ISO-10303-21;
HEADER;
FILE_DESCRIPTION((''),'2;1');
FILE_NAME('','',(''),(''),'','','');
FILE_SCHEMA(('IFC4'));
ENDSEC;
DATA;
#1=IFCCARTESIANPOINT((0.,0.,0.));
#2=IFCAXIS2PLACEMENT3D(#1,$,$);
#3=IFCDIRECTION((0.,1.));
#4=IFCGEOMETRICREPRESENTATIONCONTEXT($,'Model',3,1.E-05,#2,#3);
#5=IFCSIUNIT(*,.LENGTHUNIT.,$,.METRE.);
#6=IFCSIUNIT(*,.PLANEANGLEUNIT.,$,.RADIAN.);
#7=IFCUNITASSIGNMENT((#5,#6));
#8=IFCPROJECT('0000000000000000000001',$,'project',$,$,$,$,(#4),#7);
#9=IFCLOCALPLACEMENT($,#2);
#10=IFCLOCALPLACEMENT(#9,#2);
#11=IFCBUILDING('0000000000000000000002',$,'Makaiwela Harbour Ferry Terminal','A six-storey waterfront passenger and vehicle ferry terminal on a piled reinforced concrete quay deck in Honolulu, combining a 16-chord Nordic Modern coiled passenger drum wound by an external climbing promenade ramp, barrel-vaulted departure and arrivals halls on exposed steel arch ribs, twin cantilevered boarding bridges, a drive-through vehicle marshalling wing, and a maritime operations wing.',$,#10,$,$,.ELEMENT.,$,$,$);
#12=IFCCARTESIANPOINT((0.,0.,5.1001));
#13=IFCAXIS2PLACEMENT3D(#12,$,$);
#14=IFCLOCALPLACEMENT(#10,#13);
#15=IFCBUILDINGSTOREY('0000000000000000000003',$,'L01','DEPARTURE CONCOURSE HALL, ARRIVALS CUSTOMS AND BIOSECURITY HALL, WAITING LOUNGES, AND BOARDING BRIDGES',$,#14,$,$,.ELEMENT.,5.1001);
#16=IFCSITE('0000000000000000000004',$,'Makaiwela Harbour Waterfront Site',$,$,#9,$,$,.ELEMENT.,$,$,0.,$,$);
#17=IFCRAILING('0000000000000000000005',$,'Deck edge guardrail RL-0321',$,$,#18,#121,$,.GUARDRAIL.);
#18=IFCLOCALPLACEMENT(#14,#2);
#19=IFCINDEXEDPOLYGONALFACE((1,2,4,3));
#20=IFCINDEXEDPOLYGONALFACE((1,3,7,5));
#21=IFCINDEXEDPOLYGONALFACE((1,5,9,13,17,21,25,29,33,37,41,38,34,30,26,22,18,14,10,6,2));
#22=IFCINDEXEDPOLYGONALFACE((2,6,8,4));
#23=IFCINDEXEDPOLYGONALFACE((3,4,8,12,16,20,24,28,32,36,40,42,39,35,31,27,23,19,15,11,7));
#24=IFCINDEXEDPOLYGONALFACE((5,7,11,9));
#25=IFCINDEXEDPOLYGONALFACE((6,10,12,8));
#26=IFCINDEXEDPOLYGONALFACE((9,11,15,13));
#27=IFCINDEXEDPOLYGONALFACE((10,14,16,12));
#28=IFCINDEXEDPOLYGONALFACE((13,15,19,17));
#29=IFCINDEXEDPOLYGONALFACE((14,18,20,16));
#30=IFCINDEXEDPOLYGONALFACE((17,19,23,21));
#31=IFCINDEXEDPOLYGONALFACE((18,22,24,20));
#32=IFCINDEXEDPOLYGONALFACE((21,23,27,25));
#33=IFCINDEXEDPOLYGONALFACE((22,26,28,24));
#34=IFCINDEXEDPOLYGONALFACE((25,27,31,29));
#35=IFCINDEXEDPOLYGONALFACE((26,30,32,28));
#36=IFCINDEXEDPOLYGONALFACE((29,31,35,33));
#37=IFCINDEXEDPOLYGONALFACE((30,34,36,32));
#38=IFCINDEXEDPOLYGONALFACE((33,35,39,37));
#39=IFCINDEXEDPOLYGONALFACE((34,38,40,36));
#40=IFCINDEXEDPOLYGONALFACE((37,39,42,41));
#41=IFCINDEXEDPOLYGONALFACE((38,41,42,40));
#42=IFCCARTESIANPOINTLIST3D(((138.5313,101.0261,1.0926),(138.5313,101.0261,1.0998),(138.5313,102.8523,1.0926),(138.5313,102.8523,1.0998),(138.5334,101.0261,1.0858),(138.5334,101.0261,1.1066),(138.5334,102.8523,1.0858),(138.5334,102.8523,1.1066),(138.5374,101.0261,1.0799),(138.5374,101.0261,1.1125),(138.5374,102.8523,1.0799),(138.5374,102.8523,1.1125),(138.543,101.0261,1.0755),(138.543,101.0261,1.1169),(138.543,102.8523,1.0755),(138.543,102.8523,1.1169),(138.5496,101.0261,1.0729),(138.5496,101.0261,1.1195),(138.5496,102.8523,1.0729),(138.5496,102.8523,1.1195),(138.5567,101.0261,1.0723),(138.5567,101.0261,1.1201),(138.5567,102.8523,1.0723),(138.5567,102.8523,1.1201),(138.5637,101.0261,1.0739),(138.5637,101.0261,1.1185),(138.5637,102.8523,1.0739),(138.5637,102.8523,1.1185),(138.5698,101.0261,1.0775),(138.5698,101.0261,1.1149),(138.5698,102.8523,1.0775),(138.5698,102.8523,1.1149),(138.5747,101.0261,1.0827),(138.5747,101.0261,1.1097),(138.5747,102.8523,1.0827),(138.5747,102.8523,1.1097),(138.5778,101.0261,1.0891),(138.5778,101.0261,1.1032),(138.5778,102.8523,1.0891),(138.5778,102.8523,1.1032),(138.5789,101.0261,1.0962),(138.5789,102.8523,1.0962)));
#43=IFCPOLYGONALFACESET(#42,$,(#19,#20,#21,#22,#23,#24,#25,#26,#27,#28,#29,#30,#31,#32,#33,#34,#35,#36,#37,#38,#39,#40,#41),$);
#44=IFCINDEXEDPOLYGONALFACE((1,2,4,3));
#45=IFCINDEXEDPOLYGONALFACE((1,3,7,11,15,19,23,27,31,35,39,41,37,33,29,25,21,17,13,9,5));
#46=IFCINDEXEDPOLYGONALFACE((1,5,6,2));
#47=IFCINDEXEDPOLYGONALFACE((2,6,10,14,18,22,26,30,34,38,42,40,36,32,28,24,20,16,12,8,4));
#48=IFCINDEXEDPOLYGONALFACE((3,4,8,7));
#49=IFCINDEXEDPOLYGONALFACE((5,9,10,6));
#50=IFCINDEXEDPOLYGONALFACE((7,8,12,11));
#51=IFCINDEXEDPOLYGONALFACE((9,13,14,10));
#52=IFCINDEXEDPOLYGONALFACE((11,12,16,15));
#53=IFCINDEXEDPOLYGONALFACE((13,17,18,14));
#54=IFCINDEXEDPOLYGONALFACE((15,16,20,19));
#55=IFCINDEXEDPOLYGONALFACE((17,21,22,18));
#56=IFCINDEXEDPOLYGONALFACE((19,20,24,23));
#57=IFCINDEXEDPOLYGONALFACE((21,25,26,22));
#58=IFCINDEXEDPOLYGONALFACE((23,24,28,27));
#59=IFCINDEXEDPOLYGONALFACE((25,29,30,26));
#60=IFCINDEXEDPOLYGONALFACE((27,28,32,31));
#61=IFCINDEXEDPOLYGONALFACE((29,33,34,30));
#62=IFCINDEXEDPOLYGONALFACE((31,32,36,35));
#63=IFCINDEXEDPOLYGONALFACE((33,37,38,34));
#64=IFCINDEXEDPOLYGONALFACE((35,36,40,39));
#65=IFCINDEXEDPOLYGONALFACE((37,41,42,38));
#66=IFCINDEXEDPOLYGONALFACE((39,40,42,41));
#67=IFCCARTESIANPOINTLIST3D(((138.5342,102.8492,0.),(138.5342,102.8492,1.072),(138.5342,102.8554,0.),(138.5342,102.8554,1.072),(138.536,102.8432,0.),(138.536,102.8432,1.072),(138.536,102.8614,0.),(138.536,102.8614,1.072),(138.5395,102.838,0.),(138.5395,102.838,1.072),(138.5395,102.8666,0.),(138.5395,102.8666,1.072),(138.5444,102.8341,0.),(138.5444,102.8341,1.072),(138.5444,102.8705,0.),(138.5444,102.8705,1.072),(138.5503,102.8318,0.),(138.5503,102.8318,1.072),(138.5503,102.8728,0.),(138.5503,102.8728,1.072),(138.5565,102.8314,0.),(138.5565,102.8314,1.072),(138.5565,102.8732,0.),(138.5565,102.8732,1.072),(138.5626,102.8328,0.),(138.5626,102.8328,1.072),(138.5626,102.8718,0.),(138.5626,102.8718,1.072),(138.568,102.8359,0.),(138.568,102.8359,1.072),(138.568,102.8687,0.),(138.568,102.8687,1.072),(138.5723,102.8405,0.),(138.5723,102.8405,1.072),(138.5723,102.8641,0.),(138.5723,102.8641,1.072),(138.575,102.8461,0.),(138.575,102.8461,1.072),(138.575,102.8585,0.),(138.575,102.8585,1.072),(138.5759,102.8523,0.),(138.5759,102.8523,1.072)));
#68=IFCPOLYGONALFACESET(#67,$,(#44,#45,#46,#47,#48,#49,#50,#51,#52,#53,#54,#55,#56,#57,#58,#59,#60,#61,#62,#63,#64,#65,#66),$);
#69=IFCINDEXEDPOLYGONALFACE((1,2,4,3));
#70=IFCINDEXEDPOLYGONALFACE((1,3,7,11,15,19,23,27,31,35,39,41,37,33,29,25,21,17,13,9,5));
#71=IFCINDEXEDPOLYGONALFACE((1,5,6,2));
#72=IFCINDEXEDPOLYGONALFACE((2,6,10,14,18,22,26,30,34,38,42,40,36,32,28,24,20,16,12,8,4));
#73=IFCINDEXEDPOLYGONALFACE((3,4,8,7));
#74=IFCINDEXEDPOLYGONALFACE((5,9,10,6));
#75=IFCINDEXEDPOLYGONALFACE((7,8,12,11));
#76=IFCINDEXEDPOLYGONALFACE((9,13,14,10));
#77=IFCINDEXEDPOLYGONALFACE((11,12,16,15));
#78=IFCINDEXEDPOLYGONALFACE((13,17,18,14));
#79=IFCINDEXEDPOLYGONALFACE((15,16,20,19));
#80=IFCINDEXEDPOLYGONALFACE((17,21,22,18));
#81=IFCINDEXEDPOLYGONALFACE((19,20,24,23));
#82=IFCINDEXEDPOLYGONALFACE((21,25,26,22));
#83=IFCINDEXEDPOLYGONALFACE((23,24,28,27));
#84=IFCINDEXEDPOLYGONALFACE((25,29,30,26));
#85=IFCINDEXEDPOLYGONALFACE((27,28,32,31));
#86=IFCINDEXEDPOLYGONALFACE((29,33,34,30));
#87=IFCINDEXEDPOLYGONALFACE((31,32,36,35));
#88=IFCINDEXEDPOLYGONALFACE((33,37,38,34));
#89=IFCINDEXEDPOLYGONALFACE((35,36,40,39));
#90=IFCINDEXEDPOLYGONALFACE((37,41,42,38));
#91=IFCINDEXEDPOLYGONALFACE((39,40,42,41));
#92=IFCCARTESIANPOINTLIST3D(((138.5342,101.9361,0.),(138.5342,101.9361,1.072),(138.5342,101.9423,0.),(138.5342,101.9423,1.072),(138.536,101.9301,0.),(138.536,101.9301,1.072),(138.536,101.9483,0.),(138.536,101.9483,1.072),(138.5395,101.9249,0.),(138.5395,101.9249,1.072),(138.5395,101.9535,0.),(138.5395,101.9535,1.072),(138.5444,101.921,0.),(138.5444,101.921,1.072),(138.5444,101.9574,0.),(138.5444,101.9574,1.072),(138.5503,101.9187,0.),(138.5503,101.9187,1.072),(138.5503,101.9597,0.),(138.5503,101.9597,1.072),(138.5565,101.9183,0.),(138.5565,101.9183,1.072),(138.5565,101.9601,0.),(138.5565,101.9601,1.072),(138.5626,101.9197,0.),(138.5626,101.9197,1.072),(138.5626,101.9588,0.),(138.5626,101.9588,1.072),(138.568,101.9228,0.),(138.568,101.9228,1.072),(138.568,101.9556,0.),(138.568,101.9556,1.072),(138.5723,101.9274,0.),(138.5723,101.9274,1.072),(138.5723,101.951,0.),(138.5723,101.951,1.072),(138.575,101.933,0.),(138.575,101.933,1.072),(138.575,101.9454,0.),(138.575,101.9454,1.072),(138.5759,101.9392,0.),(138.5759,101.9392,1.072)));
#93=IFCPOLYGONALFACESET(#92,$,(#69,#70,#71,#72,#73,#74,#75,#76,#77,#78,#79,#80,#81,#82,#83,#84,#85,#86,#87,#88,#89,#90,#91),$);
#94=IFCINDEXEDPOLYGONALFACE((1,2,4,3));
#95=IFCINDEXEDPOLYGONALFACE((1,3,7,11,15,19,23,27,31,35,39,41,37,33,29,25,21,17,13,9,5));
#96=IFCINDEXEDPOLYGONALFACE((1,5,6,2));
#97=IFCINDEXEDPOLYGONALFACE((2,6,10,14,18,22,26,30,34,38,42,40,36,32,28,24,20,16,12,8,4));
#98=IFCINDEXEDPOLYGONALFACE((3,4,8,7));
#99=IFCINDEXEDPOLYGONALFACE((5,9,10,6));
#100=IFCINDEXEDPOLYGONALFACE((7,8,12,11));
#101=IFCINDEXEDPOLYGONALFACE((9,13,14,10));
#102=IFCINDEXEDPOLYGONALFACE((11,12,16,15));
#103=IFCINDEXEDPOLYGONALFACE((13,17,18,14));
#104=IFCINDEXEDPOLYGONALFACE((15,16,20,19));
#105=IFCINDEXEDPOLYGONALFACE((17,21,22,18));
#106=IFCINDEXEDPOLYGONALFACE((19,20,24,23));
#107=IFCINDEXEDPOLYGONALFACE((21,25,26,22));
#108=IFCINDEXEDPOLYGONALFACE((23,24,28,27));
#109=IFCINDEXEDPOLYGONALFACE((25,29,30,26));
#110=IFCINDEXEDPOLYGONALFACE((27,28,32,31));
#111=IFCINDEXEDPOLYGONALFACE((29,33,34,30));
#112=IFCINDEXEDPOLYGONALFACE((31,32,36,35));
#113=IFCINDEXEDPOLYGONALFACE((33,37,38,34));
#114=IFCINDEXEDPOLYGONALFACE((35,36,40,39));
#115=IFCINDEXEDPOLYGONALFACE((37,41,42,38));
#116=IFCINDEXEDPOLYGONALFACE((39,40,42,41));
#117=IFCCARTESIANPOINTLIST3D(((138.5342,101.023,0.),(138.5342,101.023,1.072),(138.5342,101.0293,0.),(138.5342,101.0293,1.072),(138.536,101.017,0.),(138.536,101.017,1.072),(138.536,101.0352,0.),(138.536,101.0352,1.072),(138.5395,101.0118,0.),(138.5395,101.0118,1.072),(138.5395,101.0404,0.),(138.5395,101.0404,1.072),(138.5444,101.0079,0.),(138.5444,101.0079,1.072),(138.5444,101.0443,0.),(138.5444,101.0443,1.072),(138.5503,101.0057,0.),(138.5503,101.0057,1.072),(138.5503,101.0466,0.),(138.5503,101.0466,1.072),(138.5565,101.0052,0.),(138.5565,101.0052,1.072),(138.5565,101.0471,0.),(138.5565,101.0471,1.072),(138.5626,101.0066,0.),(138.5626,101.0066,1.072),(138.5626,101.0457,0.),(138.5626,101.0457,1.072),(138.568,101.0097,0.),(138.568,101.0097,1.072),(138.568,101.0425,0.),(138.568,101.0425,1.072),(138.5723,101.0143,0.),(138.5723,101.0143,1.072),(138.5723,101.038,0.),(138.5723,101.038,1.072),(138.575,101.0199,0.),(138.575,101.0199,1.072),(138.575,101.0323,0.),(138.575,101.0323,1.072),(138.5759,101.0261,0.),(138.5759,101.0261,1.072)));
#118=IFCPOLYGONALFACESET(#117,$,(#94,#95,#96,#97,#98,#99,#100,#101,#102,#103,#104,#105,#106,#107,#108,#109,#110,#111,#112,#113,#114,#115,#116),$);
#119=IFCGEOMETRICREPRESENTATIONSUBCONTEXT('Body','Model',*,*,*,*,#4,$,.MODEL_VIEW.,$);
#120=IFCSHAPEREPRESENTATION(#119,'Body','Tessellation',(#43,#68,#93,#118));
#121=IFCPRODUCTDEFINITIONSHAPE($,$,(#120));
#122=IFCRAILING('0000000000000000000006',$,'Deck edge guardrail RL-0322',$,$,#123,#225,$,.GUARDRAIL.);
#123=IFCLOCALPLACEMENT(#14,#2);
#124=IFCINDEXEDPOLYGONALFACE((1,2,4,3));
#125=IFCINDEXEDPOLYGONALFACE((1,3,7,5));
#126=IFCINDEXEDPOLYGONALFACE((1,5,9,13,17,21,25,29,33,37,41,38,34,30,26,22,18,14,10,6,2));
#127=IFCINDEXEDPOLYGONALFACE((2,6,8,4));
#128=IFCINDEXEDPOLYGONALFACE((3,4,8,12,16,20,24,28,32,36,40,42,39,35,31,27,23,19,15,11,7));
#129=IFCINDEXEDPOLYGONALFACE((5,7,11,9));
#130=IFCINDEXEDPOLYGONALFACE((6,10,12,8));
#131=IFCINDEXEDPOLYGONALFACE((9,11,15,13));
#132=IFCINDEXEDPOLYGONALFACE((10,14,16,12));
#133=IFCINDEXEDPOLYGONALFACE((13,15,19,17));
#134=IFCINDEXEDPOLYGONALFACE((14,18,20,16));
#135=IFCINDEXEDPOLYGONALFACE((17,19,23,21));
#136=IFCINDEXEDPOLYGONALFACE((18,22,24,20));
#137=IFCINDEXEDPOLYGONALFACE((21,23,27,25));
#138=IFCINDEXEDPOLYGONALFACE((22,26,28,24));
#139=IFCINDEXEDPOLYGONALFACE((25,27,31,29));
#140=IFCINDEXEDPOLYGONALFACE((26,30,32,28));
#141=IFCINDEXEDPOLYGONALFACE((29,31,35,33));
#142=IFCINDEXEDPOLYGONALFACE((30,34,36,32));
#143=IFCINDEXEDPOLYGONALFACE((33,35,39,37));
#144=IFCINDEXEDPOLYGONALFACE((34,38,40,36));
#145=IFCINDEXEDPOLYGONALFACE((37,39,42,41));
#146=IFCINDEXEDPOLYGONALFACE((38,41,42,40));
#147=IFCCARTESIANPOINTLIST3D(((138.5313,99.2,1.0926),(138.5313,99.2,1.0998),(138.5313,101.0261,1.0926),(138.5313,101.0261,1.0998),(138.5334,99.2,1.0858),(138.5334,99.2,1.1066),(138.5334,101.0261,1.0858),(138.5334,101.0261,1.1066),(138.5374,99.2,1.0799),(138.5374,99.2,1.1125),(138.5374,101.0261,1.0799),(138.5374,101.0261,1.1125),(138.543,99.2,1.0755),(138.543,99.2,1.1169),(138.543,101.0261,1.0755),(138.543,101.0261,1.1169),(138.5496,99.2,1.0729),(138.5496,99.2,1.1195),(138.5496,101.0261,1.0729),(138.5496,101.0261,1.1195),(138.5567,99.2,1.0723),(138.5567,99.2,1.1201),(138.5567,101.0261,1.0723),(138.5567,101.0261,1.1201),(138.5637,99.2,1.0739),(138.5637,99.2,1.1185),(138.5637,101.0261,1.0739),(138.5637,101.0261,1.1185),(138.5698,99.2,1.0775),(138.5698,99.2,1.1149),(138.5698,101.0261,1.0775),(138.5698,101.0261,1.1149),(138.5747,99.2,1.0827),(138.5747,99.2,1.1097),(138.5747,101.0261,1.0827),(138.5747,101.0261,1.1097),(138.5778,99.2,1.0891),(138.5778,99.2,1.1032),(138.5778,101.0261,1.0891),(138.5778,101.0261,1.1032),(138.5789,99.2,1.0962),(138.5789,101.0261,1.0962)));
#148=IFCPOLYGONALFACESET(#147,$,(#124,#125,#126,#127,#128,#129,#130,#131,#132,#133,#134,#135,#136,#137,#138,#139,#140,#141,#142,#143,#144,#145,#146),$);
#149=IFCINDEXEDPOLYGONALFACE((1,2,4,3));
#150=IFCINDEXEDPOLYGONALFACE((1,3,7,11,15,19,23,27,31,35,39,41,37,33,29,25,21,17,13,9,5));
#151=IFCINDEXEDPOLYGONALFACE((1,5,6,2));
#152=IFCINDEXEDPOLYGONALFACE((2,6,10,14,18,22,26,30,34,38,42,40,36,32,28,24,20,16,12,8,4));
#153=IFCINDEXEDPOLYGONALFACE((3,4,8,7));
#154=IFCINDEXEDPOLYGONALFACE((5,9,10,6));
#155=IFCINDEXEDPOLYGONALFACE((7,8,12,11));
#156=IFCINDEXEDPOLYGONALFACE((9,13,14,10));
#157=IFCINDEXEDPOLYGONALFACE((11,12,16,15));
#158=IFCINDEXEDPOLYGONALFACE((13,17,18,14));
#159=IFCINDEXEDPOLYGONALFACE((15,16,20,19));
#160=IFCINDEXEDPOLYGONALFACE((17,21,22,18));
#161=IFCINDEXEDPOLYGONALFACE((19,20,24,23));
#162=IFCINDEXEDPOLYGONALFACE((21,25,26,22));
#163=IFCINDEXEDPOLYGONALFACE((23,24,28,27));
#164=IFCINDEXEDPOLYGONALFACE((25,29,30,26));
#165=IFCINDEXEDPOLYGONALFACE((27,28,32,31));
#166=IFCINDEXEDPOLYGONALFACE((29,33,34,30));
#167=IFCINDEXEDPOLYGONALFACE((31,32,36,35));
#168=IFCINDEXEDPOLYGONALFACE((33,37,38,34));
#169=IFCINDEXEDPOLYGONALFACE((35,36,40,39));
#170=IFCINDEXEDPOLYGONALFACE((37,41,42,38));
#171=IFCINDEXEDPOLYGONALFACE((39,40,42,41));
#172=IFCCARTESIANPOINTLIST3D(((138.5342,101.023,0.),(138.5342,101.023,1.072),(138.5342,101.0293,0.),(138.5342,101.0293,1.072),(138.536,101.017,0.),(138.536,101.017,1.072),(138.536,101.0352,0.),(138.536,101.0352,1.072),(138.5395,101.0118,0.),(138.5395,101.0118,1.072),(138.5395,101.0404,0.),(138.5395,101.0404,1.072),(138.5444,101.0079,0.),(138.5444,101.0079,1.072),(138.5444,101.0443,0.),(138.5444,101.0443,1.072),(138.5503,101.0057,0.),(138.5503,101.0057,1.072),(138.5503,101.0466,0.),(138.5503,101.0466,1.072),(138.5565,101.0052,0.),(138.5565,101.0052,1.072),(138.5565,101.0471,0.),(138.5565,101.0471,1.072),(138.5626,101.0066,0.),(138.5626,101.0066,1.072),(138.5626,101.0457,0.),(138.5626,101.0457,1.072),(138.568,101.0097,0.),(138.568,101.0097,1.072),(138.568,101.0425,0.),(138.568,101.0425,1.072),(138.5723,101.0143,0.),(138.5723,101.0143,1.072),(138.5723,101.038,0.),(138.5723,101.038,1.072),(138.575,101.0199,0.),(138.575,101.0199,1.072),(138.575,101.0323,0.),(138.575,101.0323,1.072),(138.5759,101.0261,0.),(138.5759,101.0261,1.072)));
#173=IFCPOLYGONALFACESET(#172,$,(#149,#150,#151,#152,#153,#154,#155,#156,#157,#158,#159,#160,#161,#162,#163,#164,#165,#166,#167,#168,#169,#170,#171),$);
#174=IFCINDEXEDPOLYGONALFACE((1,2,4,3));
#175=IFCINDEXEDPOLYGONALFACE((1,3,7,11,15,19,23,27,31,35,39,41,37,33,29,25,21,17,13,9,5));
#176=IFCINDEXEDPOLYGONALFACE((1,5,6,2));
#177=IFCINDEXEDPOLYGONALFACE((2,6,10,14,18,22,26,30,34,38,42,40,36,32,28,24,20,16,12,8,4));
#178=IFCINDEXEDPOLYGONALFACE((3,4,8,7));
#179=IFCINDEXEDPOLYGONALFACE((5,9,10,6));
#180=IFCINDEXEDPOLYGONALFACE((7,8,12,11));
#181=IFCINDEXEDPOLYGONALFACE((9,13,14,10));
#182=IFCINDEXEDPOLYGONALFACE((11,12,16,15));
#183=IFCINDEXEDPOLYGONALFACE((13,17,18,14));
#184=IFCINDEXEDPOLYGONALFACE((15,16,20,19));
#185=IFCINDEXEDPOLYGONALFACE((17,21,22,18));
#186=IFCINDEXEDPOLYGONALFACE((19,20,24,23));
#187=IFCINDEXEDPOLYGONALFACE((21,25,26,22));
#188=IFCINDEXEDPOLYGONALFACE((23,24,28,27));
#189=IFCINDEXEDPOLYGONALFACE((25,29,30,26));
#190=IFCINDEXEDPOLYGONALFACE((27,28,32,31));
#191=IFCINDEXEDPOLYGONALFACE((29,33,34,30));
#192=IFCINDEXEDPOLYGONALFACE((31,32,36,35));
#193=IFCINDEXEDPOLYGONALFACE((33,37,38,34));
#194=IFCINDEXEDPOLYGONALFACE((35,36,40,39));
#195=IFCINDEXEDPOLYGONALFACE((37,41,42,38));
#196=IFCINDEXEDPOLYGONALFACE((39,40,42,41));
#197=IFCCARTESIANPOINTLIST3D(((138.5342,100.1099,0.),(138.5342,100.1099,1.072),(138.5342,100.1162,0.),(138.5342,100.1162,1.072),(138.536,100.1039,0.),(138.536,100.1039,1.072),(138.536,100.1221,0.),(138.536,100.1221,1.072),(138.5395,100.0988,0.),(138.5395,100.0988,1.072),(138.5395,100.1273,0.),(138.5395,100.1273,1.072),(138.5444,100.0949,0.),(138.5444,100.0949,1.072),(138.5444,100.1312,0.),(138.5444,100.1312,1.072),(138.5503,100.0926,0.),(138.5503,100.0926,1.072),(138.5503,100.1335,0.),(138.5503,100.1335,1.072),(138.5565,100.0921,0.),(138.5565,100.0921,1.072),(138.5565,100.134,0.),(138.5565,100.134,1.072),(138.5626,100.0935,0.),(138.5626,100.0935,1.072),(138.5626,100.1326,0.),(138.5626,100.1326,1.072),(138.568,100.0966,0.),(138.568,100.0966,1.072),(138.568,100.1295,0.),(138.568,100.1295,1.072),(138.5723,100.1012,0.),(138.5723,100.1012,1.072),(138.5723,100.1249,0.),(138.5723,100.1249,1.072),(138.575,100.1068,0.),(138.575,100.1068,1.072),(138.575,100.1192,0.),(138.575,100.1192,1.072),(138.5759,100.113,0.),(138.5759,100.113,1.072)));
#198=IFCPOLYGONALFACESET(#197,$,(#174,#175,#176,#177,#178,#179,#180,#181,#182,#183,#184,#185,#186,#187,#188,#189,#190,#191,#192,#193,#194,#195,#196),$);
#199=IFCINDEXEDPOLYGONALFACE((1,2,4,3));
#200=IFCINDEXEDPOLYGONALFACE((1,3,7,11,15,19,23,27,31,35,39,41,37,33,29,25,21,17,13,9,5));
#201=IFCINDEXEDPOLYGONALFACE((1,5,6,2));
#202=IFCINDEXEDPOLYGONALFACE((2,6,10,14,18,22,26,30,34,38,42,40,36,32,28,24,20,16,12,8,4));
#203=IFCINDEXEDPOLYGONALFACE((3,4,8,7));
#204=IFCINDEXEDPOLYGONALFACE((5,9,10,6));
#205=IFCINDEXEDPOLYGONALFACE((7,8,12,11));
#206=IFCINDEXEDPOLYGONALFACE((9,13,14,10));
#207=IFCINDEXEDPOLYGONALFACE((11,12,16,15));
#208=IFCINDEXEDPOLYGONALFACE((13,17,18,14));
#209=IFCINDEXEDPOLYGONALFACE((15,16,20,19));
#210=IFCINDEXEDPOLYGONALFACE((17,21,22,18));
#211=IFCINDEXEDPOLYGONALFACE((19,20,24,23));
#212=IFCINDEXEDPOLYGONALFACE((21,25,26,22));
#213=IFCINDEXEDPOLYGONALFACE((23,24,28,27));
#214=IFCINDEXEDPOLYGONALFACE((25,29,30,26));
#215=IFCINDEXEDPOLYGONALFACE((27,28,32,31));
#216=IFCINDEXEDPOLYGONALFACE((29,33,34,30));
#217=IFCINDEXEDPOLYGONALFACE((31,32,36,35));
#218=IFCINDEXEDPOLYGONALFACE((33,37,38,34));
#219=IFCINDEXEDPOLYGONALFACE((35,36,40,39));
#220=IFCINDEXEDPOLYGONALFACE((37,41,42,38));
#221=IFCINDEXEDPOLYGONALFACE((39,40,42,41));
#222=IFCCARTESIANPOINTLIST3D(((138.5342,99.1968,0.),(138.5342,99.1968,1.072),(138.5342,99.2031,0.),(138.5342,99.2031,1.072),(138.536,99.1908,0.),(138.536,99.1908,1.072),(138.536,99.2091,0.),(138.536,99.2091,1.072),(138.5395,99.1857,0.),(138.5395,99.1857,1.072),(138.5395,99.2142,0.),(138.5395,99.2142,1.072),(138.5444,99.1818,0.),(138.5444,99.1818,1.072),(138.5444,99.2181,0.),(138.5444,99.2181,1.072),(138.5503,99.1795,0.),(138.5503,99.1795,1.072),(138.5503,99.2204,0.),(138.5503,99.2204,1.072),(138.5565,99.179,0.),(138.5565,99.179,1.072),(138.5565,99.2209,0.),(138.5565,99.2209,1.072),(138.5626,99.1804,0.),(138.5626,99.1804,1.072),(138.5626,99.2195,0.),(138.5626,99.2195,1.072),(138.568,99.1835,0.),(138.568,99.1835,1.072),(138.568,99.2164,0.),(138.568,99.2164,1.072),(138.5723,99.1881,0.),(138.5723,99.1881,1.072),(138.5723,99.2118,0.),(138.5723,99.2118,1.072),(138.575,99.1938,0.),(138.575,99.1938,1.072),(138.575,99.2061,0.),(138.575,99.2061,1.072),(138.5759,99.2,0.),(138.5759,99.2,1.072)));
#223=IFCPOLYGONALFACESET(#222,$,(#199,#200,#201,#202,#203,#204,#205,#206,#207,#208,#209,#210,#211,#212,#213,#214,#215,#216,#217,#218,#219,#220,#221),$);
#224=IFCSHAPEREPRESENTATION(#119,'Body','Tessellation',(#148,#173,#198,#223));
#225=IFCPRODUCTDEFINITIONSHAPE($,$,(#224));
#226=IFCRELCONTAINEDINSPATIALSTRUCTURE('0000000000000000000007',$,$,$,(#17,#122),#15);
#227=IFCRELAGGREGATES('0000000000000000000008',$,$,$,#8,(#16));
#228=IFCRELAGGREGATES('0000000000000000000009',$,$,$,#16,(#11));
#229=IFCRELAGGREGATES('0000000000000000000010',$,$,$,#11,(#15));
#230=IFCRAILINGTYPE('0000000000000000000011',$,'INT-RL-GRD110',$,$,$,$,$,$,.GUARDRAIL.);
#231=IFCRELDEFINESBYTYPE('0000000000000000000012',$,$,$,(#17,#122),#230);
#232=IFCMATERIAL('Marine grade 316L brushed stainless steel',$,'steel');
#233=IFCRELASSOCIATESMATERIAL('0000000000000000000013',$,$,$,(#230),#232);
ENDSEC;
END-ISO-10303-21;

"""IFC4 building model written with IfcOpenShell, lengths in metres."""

from ifc_helpers import new_model, si_unit, direction, frame, origin, origin_2d, place, context, subcontext, project, spatial, circle, extrude, material, type_object, element, save


model = new_model("IFC4")

# Units and contexts
model_context = context("Model", 3, precision=1e-05, world=origin(), true_north=direction((0.0, 1.0)))
body_context = subcontext(model_context, "Body", "Model", "MODEL_VIEW")
ifc_project = project(units=[si_unit("LENGTHUNIT", "METRE"), si_unit("PLANEANGLEUNIT", "RADIAN")], contexts=[model_context])

# Site, building, storey
site_placement = place(None, origin())
site = spatial("IfcSite", under=ifc_project, at=site_placement, Name="Makaiwela Harbour Waterfront Site", CompositionType="ELEMENT", RefElevation=0.0)
building_placement = place(site_placement, origin())
building = spatial("IfcBuilding", under=site, at=building_placement, Name="Makaiwela Harbour Ferry Terminal", Description="A six-storey waterfront passenger and vehicle ferry terminal on a piled reinforced concrete quay deck in Honolulu, combining a 16-chord Nordic Modern coiled passenger drum wound by an external climbing promenade ramp, barrel-vaulted departure and arrivals halls on exposed steel arch ribs, twin cantilevered boarding bridges, a drive-through vehicle marshalling wing, and a maritime operations wing.", CompositionType="ELEMENT")
storey_placement = place(building_placement, frame((0.0, 0.0, 5.1001)))
storey = spatial("IfcBuildingStorey", under=building, at=storey_placement, Name="L01", Description="DEPARTURE CONCOURSE HALL, ARRIVALS CUSTOMS AND BIOSECURITY HALL, WAITING LOUNGES, AND BOARDING BRIDGES", CompositionType="ELEMENT", Elevation=5.1001)

# Railings
ifc_material_1 = material(Name="Marine grade 316L brushed stainless steel", Category="steel")
railing_type = type_object("IfcRailingType", Name="INT-RL-GRD110", PredefinedType="GUARDRAIL", material=ifc_material_1)
for number, where, name in (
    (1, (138.5549, 102.8523, 0.0), "Deck edge guardrail RL-0321"),
    (2, (138.5549, 101.0261, 0.0), "Deck edge guardrail RL-0322"),
):
    element("IfcRailing", number, at=place(storey_placement, frame(where)), inside=storey, type_object=railing_type, Name=name, PredefinedType="GUARDRAIL", context=body_context, shape_type="SweptSolid", body=[
        extrude(circle(Radius=0.0239, at=origin_2d()), frame((0.0, 0.0, 1.0962), z_axis=(0.0, -1.0, 0.0), x_axis=(1.0, 0.0, 0.0)), (0.0, 0.0, 1.0), 1.8262),
        extrude(circle(Radius=0.021, at=origin_2d()), origin(), (0.0, 0.0, 1.0), 1.072),
        extrude(circle(Radius=0.021, at=origin_2d()), frame((0.0, -0.9131, 0.0)), (0.0, 0.0, 1.0), 1.072),
        extrude(circle(Radius=0.021, at=origin_2d()), frame((0.0, -1.8262, 0.0)), (0.0, 0.0, 1.0), 1.072),
    ])

save(model, "model.ifc")
